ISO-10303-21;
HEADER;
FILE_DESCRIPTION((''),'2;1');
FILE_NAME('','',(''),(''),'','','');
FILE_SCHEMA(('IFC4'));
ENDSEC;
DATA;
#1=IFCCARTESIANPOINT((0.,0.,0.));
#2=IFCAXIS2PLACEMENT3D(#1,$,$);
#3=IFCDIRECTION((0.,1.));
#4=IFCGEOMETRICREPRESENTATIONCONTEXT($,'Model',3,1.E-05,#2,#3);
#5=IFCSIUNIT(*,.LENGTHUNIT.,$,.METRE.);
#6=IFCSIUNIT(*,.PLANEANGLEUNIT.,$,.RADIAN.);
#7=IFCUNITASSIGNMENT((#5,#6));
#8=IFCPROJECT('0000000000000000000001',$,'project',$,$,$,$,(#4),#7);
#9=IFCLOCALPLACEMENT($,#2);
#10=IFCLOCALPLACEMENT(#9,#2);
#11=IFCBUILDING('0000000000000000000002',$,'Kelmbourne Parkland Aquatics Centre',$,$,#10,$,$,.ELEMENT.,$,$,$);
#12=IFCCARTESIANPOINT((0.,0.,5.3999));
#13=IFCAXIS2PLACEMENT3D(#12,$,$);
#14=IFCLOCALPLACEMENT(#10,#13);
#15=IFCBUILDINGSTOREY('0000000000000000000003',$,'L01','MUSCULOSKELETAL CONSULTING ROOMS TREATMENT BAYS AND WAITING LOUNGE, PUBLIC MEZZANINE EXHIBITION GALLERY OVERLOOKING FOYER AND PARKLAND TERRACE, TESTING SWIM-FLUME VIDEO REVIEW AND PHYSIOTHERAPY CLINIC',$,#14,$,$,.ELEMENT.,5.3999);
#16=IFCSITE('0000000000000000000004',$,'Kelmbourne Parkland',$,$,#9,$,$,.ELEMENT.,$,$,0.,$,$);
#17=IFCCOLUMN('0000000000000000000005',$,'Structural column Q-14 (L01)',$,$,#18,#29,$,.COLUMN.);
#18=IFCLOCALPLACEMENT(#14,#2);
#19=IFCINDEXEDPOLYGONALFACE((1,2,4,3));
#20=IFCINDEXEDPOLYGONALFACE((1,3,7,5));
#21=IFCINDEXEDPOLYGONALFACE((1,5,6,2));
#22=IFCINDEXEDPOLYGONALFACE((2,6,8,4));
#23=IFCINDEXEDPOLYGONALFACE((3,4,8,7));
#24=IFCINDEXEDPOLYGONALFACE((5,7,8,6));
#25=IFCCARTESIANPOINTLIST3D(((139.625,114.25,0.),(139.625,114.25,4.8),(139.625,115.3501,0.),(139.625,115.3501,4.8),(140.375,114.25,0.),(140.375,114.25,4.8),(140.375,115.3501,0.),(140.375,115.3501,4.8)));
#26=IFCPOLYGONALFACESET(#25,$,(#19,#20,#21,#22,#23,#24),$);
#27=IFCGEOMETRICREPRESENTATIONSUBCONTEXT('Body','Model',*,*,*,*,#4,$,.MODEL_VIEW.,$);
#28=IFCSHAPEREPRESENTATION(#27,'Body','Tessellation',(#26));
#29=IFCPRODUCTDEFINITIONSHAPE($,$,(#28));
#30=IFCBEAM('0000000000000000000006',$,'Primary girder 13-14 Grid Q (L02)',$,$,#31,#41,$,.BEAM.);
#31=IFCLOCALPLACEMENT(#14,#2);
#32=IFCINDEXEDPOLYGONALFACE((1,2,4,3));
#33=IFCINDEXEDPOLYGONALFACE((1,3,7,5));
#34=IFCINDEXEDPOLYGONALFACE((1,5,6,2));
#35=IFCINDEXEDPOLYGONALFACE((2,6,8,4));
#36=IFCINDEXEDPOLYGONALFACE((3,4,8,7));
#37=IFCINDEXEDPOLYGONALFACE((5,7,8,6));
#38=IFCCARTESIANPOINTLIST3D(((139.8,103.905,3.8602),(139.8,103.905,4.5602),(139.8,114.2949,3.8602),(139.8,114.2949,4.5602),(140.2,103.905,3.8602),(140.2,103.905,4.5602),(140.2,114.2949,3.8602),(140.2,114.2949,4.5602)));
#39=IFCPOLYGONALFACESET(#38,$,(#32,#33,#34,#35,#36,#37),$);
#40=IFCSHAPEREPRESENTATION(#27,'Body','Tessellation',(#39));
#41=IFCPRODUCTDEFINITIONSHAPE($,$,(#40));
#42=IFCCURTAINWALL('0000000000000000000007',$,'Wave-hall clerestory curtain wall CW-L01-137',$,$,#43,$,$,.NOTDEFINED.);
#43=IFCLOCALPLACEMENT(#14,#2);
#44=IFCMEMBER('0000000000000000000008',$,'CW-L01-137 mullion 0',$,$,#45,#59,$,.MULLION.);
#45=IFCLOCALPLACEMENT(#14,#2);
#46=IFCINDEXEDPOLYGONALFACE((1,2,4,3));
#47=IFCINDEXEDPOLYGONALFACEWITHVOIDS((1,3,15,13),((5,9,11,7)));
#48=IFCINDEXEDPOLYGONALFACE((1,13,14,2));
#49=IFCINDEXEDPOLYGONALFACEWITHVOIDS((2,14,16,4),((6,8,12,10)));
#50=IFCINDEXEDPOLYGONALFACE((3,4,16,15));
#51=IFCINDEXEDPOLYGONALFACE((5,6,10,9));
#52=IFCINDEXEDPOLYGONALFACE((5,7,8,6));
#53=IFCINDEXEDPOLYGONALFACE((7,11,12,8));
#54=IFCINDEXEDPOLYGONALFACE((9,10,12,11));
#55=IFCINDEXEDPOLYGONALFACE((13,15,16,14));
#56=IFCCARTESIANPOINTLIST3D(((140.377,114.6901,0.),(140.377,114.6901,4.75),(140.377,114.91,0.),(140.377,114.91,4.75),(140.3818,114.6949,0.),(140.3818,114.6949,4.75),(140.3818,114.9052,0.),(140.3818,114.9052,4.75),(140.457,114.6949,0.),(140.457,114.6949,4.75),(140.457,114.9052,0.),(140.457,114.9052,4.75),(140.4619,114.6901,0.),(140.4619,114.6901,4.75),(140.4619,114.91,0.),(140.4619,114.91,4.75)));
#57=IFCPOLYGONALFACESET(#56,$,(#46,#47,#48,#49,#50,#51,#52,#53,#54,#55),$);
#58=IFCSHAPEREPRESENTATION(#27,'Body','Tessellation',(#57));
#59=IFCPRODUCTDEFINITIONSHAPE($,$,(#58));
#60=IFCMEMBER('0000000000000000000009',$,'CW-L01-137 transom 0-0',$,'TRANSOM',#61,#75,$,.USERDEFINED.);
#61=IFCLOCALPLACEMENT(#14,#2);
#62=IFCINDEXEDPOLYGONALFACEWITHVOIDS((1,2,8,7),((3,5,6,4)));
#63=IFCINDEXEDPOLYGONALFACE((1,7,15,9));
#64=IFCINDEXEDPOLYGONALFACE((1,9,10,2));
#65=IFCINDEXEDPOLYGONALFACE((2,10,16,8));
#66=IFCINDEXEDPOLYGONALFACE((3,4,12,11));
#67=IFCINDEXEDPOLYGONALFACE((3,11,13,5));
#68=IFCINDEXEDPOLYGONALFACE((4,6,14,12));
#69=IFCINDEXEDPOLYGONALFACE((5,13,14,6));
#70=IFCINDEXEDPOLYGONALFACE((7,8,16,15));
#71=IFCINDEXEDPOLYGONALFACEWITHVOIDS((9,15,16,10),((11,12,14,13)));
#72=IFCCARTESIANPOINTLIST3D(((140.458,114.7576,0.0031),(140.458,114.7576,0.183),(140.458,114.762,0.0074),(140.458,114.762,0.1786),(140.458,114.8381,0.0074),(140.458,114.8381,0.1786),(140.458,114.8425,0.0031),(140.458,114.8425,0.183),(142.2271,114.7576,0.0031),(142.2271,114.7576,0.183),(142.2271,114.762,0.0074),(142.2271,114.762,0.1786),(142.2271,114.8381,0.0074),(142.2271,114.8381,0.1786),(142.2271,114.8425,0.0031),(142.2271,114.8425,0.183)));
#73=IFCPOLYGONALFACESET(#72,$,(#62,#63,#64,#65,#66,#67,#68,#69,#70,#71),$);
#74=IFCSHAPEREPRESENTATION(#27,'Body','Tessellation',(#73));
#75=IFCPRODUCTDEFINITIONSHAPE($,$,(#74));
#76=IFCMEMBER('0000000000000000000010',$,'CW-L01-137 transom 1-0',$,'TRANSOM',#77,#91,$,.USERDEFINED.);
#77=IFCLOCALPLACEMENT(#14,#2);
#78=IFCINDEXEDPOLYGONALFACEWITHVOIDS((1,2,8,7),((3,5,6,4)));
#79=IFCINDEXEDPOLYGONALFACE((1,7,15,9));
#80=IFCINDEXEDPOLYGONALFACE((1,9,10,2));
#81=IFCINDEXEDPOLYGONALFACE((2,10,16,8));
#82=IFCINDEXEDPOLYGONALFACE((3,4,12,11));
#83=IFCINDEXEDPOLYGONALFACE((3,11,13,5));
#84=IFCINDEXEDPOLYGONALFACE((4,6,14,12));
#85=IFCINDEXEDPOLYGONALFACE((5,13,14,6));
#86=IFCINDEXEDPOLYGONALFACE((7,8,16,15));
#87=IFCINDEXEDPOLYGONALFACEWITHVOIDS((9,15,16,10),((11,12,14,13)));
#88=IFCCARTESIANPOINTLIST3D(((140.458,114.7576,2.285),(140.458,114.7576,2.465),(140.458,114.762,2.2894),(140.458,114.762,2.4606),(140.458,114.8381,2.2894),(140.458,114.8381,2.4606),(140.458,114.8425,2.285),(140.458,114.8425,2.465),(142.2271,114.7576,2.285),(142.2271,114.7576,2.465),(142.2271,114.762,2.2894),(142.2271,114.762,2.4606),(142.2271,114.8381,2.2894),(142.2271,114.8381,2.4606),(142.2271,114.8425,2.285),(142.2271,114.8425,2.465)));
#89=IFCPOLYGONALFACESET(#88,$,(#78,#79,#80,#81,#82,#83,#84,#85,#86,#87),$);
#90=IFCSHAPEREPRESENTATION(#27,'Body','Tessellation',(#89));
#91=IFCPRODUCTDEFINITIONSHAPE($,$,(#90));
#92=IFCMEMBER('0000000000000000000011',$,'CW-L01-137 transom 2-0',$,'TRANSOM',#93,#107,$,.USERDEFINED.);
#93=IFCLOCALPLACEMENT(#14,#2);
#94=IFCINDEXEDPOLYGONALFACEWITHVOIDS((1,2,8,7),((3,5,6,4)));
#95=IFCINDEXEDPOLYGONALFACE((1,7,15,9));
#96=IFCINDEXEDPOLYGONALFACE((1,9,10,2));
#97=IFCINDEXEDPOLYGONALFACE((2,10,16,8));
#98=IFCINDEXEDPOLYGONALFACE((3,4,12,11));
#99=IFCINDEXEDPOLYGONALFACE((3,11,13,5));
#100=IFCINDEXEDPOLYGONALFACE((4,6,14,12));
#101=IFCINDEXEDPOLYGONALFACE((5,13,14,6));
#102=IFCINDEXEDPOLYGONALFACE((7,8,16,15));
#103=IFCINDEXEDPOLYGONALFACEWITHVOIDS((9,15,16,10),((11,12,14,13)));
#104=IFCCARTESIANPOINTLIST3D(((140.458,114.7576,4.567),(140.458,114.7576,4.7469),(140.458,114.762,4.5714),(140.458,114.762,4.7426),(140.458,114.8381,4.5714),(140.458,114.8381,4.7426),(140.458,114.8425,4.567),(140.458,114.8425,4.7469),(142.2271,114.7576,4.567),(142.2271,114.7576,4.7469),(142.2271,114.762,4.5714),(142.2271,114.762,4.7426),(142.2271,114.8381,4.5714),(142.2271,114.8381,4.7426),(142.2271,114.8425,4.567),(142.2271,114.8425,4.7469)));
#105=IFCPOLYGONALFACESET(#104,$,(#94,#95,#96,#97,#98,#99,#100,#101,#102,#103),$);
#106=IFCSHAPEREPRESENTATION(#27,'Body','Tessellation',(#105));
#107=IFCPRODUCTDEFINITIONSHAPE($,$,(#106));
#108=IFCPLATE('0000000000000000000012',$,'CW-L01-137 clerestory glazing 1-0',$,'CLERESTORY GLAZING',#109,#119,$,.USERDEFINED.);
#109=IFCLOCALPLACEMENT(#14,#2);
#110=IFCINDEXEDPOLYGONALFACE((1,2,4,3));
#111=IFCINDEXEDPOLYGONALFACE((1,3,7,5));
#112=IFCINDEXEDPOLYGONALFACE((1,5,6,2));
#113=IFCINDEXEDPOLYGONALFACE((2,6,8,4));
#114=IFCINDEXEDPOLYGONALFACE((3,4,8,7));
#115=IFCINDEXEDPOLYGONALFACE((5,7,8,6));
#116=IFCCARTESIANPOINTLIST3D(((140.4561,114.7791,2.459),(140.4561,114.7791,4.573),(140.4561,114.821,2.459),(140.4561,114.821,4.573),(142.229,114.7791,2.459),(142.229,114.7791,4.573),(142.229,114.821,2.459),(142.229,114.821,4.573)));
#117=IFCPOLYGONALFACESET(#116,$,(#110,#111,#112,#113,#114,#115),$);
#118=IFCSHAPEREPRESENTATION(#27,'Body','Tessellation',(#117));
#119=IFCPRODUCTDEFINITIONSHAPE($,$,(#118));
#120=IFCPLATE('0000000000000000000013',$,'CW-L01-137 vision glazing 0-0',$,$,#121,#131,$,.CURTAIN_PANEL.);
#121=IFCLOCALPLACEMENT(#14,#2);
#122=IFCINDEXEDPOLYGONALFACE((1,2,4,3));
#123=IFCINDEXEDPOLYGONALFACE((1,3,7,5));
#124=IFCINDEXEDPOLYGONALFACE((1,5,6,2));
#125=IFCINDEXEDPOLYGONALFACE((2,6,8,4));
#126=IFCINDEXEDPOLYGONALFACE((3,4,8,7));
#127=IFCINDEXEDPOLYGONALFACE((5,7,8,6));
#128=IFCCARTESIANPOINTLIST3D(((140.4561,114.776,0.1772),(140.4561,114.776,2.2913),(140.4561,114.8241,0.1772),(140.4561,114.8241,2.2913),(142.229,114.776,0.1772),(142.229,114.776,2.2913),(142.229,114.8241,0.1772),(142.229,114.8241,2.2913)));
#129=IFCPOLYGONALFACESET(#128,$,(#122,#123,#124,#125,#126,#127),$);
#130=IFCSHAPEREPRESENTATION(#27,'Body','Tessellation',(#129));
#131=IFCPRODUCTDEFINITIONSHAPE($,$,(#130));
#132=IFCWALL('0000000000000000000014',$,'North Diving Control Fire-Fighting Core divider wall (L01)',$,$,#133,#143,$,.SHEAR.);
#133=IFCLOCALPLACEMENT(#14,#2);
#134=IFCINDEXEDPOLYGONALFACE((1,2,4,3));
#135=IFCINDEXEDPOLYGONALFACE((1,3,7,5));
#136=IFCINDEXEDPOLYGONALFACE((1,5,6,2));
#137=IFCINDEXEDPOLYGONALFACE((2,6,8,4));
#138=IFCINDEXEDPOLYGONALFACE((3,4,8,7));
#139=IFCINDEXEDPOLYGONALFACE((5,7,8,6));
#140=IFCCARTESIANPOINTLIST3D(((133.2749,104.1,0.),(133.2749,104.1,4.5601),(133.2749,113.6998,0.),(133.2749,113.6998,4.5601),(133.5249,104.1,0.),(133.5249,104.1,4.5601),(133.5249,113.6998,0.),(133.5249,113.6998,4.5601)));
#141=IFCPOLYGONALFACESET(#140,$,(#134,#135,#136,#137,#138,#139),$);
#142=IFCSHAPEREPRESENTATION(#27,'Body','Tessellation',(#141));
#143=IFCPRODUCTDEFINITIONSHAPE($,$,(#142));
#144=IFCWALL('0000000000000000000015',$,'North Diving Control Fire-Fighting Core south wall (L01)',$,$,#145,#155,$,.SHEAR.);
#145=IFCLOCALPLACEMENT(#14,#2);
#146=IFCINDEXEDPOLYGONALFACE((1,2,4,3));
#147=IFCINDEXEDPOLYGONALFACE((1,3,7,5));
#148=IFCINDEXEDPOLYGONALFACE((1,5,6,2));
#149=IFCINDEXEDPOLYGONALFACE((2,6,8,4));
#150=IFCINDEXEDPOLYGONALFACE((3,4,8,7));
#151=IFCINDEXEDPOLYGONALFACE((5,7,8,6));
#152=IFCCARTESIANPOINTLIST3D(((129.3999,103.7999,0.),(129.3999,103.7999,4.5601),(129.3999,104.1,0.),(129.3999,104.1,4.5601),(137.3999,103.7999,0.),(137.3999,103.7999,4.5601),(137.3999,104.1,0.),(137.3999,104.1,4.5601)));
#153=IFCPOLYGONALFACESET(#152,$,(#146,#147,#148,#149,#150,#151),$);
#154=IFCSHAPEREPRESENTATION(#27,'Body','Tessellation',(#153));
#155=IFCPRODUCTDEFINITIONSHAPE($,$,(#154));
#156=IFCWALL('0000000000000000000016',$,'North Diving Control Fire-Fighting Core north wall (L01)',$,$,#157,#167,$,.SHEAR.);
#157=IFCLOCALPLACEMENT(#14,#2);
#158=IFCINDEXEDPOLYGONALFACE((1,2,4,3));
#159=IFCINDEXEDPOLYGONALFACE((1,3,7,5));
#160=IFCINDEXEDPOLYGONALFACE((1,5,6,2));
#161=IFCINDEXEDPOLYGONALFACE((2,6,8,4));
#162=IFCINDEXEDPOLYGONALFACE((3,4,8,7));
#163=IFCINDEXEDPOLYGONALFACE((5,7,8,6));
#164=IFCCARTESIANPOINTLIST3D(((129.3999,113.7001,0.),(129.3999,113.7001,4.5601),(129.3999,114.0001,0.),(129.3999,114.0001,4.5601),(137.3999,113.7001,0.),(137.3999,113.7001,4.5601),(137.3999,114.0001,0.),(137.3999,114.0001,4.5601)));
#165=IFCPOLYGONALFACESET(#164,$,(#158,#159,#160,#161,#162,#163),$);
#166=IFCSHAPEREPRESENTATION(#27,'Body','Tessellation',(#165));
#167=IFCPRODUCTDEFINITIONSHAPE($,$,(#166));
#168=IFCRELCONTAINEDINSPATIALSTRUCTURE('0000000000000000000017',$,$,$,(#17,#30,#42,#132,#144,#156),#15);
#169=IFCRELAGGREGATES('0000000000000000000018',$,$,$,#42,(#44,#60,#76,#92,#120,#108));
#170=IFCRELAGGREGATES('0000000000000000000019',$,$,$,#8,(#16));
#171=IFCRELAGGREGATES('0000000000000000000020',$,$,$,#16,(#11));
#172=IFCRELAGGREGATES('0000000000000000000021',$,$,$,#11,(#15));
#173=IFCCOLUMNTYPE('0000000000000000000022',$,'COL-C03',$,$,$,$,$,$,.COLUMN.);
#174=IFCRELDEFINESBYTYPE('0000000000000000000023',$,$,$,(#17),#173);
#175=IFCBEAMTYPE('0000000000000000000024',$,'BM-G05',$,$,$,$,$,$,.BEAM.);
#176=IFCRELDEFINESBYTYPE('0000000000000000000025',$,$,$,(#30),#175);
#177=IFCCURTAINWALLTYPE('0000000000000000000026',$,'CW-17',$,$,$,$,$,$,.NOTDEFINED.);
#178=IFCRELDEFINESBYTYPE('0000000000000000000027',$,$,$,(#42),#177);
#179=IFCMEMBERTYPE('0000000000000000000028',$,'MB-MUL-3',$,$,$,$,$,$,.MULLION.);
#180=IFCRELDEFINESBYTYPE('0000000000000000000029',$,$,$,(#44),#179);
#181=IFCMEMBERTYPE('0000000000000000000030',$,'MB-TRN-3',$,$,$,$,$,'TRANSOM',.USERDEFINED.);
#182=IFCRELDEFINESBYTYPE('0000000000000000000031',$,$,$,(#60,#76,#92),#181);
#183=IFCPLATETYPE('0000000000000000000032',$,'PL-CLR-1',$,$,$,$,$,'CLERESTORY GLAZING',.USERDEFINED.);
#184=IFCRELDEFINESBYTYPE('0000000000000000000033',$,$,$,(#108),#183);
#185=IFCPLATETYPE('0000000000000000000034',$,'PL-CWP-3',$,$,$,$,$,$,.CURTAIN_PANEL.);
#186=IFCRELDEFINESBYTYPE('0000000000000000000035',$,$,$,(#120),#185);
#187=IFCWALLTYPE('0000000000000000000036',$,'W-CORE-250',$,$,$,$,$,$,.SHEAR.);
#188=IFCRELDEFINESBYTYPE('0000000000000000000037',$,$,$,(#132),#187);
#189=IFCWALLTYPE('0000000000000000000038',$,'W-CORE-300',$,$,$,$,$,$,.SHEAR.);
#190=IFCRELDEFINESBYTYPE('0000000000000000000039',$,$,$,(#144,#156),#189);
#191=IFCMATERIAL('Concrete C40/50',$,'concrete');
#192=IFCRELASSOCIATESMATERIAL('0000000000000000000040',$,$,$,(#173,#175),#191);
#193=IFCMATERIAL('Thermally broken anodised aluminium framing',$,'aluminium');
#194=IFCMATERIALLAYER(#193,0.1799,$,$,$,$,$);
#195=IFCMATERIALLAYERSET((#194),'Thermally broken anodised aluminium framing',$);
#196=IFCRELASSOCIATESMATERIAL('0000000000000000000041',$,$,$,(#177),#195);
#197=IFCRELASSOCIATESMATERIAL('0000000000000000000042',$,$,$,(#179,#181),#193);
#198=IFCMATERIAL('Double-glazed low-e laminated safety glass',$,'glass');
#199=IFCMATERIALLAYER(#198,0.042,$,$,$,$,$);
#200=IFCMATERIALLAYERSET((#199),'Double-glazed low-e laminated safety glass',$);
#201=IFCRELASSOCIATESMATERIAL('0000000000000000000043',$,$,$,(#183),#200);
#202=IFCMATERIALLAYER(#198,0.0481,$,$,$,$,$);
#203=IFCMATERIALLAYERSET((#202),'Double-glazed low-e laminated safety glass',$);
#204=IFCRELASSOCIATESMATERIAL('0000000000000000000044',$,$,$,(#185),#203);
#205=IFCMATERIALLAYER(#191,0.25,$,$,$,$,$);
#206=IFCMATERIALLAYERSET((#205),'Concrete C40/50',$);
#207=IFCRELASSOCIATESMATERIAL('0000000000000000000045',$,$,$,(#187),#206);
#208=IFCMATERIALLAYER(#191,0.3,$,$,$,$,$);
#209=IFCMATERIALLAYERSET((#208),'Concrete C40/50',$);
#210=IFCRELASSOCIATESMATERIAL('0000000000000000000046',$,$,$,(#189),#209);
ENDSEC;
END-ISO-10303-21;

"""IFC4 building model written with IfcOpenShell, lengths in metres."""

from ifc_helpers import new_model, si_unit, direction, frame, frame_2d, origin, origin_2d, place, context, subcontext, project, spatial, rectangle, hollow_rectangle, extrude, material, layer, layer_set, material_profile, profile_set, type_object, element, aggregate, save


model = new_model("IFC4")

# Units and contexts
model_context = context("Model", 3, precision=1e-05, world=origin(), true_north=direction((0.0, 1.0)))
body_context = subcontext(model_context, "Body", "Model", "MODEL_VIEW")
ifc_project = project(units=[si_unit("LENGTHUNIT", "METRE"), si_unit("PLANEANGLEUNIT", "RADIAN")], contexts=[model_context])

# Site, building, storey
site_placement = place(None, origin())
site = spatial("IfcSite", under=ifc_project, at=site_placement, Name="Kelmbourne Parkland", CompositionType="ELEMENT", RefElevation=0.0)
building_placement = place(site_placement, origin())
building = spatial("IfcBuilding", under=site, at=building_placement, Name="Kelmbourne Parkland Aquatics Centre", CompositionType="ELEMENT")
storey_placement = place(building_placement, frame((0.0, 0.0, 5.3999)))
storey = spatial("IfcBuildingStorey", under=building, at=storey_placement, Name="L01", Description="MUSCULOSKELETAL CONSULTING ROOMS TREATMENT BAYS AND WAITING LOUNGE, PUBLIC MEZZANINE EXHIBITION GALLERY OVERLOOKING FOYER AND PARKLAND TERRACE, TESTING SWIM-FLUME VIDEO REVIEW AND PHYSIOTHERAPY CLINIC", CompositionType="ELEMENT", Elevation=5.3999)

# Column
ifc_material_1 = material(Name="Concrete C40/50", Category="concrete")
ifc_material_profile_1 = material_profile(ifc_material_1, rectangle(XDim=0.75, YDim=1.1001, at=origin_2d()), Name="RC 750x1100")
ifc_profile_set_1 = profile_set([ifc_material_profile_1], Name="Concrete C40/50")
column_type = type_object("IfcColumnType", Name="COL-C03", PredefinedType="COLUMN", material=ifc_profile_set_1)
column_placement = place(storey_placement, frame((140.0, 114.8, 0.0), z_axis=(0.0, 0.0, 1.0), x_axis=(1.0, 0.0, 0.0)))
element("IfcColumn", 1, at=column_placement, inside=storey, type_object=column_type, Name="Structural column Q-14 (L01)", PredefinedType="COLUMN", context=body_context, shape_type="SweptSolid", body=[
    extrude(rectangle(XDim=0.75, YDim=1.1001, at=origin_2d()), origin(), (0.0, 0.0, 1.0), 4.8),
])

# Beam
ifc_material_profile_2 = material_profile(ifc_material_1, rectangle(XDim=0.3999, YDim=0.7, at=origin_2d()), Name="RC 400x700")
ifc_profile_set_2 = profile_set([ifc_material_profile_2], Name="Concrete C40/50")
beam_type = type_object("IfcBeamType", Name="BM-G05", PredefinedType="BEAM", material=ifc_profile_set_2)
beam_placement = place(storey_placement, frame((140.0, 103.905, 4.2102), z_axis=(0.0, 1.0, 0.0), x_axis=(-1.0, 0.0, 0.0)))
element("IfcBeam", 2, at=beam_placement, inside=storey, type_object=beam_type, Name="Primary girder 13-14 Grid Q (L02)", PredefinedType="BEAM", context=body_context, shape_type="SweptSolid", body=[
    extrude(rectangle(XDim=0.3999, YDim=0.7, at=origin_2d()), origin(), (0.0, 0.0, 1.0), 10.3899),
])

# Curtain wall, members, plates
ifc_material_2 = material(Name="Thermally broken anodised aluminium framing", Category="aluminium")
ifc_layer_1 = layer(ifc_material_2, 0.1799)
ifc_layer_set_1 = layer_set([ifc_layer_1], Name="Thermally broken anodised aluminium framing")
curtain_wall_type = type_object("IfcCurtainWallType", Name="CW-17", PredefinedType="NOTDEFINED", material=ifc_layer_set_1)
curtain_wall_placement = place(storey_placement, origin())
curtain_wall = element("IfcCurtainWall", 3, at=curtain_wall_placement, inside=storey, type_object=curtain_wall_type, Name="Wave-hall clerestory curtain wall CW-L01-137", PredefinedType="NOTDEFINED")
ifc_material_profile_3 = material_profile(ifc_material_2, hollow_rectangle(XDim=0.085, YDim=0.22, WallThickness=0.0049, at=origin_2d()), Name="CW-M 85x220")
ifc_profile_set_3 = profile_set([ifc_material_profile_3], Name="Thermally broken anodised aluminium framing")
member_type_1 = type_object("IfcMemberType", Name="MB-MUL-3", PredefinedType="MULLION", material=ifc_profile_set_3)
member_1_placement = place(storey_placement, frame((140.4194, 114.8, 0.0), z_axis=(0.0, 0.0, 1.0), x_axis=(1.0, 0.0, 0.0)))
member_1 = element("IfcMember", 4, at=member_1_placement, type_object=member_type_1, Name="CW-L01-137 mullion 0", PredefinedType="MULLION", context=body_context, shape_type="SweptSolid", body=[
    extrude(hollow_rectangle(XDim=0.085, YDim=0.22, WallThickness=0.0049, at=origin_2d()), origin(), (0.0, 0.0, 1.0), 4.75),
])
ifc_material_profile_4 = material_profile(ifc_material_2, hollow_rectangle(XDim=0.085, YDim=0.1799, WallThickness=0.0044, at=origin_2d()), Name="CW-T 85x180")
ifc_profile_set_4 = profile_set([ifc_material_profile_4], Name="Thermally broken anodised aluminium framing")
member_type_2 = type_object("IfcMemberType", Name="MB-TRN-3", ElementType="TRANSOM", PredefinedType="USERDEFINED", material=ifc_profile_set_4)
member_2_placement = place(storey_placement, frame((140.458, 114.8, 0.093), z_axis=(1.0, 0.0, 0.0), x_axis=(0.0, 1.0, 0.0)))
member_2 = element("IfcMember", 5, at=member_2_placement, type_object=member_type_2, Name="CW-L01-137 transom 0-0", ObjectType="TRANSOM", PredefinedType="USERDEFINED", context=body_context, shape_type="SweptSolid", body=[
    extrude(hollow_rectangle(XDim=0.085, YDim=0.1799, WallThickness=0.0044, at=origin_2d()), origin(), (0.0, 0.0, 1.0), 1.769),
])
member_3_placement = place(storey_placement, frame((140.458, 114.8, 2.375), z_axis=(1.0, 0.0, 0.0), x_axis=(0.0, 1.0, 0.0)))
member_3 = element("IfcMember", 6, at=member_3_placement, type_object=member_type_2, Name="CW-L01-137 transom 1-0", ObjectType="TRANSOM", PredefinedType="USERDEFINED", context=body_context, shape_type="SweptSolid", body=[
    extrude(hollow_rectangle(XDim=0.085, YDim=0.1799, WallThickness=0.0044, at=origin_2d()), origin(), (0.0, 0.0, 1.0), 1.769),
])
member_4_placement = place(storey_placement, frame((140.458, 114.8, 4.657), z_axis=(1.0, 0.0, 0.0), x_axis=(0.0, 1.0, 0.0)))
member_4 = element("IfcMember", 7, at=member_4_placement, type_object=member_type_2, Name="CW-L01-137 transom 2-0", ObjectType="TRANSOM", PredefinedType="USERDEFINED", context=body_context, shape_type="SweptSolid", body=[
    extrude(hollow_rectangle(XDim=0.085, YDim=0.1799, WallThickness=0.0044, at=origin_2d()), origin(), (0.0, 0.0, 1.0), 1.769),
])
ifc_material_3 = material(Name="Double-glazed low-e laminated safety glass", Category="glass")
ifc_layer_2 = layer(ifc_material_3, 0.042)
ifc_layer_set_2 = layer_set([ifc_layer_2], Name="Double-glazed low-e laminated safety glass")
plate_type_1 = type_object("IfcPlateType", Name="PL-CLR-1", ElementType="CLERESTORY GLAZING", PredefinedType="USERDEFINED", material=ifc_layer_set_2)
plate_1_placement = place(storey_placement, frame((141.3425, 114.8, 2.459), z_axis=(0.0, 0.0, 1.0), x_axis=(1.0, 0.0, 0.0)))
plate_1 = element("IfcPlate", 8, at=plate_1_placement, type_object=plate_type_1, Name="CW-L01-137 clerestory glazing 1-0", ObjectType="CLERESTORY GLAZING", PredefinedType="USERDEFINED", context=body_context, shape_type="SweptSolid", body=[
    extrude(rectangle(XDim=1.7729, YDim=0.042, at=origin_2d()), origin(), (0.0, 0.0, 1.0), 2.114),
])
ifc_layer_3 = layer(ifc_material_3, 0.0481)
ifc_layer_set_3 = layer_set([ifc_layer_3], Name="Double-glazed low-e laminated safety glass")
plate_type_2 = type_object("IfcPlateType", Name="PL-CWP-3", PredefinedType="CURTAIN_PANEL", material=ifc_layer_set_3)
plate_2_placement = place(storey_placement, frame((141.3425, 114.8, 0.1772), z_axis=(0.0, 0.0, 1.0), x_axis=(1.0, 0.0, 0.0)))
plate_2 = element("IfcPlate", 9, at=plate_2_placement, type_object=plate_type_2, Name="CW-L01-137 vision glazing 0-0", PredefinedType="CURTAIN_PANEL", context=body_context, shape_type="SweptSolid", body=[
    extrude(rectangle(XDim=1.7729, YDim=0.0481, at=origin_2d()), origin(), (0.0, 0.0, 1.0), 2.114),
])
aggregate(curtain_wall, [member_1, member_2, member_3, member_4, plate_2, plate_1])

# Walls
ifc_layer_4 = layer(ifc_material_1, 0.25)
ifc_layer_set_4 = layer_set([ifc_layer_4], Name="Concrete C40/50")
wall_type_1 = type_object("IfcWallType", Name="W-CORE-250", PredefinedType="SHEAR", material=ifc_layer_set_4)
wall_1_placement = place(storey_placement, frame((133.3999, 104.1001, 0.0), z_axis=(0.0, 0.0, 1.0), x_axis=(0.0, 1.0, 0.0)))
element("IfcWall", 10, at=wall_1_placement, inside=storey, type_object=wall_type_1, Name="North Diving Control Fire-Fighting Core divider wall (L01)", PredefinedType="SHEAR", context=body_context, shape_type="SweptSolid", body=[
    extrude(rectangle(XDim=9.5999, YDim=0.25, at=frame_2d((4.7998, 0.0))), origin(), (0.0, 0.0, 1.0), 4.5601),
])
ifc_layer_5 = layer(ifc_material_1, 0.3)
ifc_layer_set_5 = layer_set([ifc_layer_5], Name="Concrete C40/50")
wall_type_2 = type_object("IfcWallType", Name="W-CORE-300", PredefinedType="SHEAR", material=ifc_layer_set_5)
for number, where, z_axis, x_axis, name in (
    (11, (129.3999, 103.95, 0.0), (0.0, 0.0, 1.0), (1.0, 0.0, 0.0), "North Diving Control Fire-Fighting Core south wall (L01)"),
    (12, (129.3999, 113.8501, 0.0), (0.0, 0.0, 1.0), (1.0, 0.0, 0.0), "North Diving Control Fire-Fighting Core north wall (L01)"),
):
    element("IfcWall", number, at=place(storey_placement, frame(where, z_axis=z_axis, x_axis=x_axis)), inside=storey, type_object=wall_type_2, Name=name, PredefinedType="SHEAR", context=body_context, shape_type="SweptSolid", body=[
        extrude(rectangle(XDim=8.0, YDim=0.3, at=frame_2d((4.0, 0.0))), origin(), (0.0, 0.0, 1.0), 4.5601),
    ])

save(model, "model.ifc")
